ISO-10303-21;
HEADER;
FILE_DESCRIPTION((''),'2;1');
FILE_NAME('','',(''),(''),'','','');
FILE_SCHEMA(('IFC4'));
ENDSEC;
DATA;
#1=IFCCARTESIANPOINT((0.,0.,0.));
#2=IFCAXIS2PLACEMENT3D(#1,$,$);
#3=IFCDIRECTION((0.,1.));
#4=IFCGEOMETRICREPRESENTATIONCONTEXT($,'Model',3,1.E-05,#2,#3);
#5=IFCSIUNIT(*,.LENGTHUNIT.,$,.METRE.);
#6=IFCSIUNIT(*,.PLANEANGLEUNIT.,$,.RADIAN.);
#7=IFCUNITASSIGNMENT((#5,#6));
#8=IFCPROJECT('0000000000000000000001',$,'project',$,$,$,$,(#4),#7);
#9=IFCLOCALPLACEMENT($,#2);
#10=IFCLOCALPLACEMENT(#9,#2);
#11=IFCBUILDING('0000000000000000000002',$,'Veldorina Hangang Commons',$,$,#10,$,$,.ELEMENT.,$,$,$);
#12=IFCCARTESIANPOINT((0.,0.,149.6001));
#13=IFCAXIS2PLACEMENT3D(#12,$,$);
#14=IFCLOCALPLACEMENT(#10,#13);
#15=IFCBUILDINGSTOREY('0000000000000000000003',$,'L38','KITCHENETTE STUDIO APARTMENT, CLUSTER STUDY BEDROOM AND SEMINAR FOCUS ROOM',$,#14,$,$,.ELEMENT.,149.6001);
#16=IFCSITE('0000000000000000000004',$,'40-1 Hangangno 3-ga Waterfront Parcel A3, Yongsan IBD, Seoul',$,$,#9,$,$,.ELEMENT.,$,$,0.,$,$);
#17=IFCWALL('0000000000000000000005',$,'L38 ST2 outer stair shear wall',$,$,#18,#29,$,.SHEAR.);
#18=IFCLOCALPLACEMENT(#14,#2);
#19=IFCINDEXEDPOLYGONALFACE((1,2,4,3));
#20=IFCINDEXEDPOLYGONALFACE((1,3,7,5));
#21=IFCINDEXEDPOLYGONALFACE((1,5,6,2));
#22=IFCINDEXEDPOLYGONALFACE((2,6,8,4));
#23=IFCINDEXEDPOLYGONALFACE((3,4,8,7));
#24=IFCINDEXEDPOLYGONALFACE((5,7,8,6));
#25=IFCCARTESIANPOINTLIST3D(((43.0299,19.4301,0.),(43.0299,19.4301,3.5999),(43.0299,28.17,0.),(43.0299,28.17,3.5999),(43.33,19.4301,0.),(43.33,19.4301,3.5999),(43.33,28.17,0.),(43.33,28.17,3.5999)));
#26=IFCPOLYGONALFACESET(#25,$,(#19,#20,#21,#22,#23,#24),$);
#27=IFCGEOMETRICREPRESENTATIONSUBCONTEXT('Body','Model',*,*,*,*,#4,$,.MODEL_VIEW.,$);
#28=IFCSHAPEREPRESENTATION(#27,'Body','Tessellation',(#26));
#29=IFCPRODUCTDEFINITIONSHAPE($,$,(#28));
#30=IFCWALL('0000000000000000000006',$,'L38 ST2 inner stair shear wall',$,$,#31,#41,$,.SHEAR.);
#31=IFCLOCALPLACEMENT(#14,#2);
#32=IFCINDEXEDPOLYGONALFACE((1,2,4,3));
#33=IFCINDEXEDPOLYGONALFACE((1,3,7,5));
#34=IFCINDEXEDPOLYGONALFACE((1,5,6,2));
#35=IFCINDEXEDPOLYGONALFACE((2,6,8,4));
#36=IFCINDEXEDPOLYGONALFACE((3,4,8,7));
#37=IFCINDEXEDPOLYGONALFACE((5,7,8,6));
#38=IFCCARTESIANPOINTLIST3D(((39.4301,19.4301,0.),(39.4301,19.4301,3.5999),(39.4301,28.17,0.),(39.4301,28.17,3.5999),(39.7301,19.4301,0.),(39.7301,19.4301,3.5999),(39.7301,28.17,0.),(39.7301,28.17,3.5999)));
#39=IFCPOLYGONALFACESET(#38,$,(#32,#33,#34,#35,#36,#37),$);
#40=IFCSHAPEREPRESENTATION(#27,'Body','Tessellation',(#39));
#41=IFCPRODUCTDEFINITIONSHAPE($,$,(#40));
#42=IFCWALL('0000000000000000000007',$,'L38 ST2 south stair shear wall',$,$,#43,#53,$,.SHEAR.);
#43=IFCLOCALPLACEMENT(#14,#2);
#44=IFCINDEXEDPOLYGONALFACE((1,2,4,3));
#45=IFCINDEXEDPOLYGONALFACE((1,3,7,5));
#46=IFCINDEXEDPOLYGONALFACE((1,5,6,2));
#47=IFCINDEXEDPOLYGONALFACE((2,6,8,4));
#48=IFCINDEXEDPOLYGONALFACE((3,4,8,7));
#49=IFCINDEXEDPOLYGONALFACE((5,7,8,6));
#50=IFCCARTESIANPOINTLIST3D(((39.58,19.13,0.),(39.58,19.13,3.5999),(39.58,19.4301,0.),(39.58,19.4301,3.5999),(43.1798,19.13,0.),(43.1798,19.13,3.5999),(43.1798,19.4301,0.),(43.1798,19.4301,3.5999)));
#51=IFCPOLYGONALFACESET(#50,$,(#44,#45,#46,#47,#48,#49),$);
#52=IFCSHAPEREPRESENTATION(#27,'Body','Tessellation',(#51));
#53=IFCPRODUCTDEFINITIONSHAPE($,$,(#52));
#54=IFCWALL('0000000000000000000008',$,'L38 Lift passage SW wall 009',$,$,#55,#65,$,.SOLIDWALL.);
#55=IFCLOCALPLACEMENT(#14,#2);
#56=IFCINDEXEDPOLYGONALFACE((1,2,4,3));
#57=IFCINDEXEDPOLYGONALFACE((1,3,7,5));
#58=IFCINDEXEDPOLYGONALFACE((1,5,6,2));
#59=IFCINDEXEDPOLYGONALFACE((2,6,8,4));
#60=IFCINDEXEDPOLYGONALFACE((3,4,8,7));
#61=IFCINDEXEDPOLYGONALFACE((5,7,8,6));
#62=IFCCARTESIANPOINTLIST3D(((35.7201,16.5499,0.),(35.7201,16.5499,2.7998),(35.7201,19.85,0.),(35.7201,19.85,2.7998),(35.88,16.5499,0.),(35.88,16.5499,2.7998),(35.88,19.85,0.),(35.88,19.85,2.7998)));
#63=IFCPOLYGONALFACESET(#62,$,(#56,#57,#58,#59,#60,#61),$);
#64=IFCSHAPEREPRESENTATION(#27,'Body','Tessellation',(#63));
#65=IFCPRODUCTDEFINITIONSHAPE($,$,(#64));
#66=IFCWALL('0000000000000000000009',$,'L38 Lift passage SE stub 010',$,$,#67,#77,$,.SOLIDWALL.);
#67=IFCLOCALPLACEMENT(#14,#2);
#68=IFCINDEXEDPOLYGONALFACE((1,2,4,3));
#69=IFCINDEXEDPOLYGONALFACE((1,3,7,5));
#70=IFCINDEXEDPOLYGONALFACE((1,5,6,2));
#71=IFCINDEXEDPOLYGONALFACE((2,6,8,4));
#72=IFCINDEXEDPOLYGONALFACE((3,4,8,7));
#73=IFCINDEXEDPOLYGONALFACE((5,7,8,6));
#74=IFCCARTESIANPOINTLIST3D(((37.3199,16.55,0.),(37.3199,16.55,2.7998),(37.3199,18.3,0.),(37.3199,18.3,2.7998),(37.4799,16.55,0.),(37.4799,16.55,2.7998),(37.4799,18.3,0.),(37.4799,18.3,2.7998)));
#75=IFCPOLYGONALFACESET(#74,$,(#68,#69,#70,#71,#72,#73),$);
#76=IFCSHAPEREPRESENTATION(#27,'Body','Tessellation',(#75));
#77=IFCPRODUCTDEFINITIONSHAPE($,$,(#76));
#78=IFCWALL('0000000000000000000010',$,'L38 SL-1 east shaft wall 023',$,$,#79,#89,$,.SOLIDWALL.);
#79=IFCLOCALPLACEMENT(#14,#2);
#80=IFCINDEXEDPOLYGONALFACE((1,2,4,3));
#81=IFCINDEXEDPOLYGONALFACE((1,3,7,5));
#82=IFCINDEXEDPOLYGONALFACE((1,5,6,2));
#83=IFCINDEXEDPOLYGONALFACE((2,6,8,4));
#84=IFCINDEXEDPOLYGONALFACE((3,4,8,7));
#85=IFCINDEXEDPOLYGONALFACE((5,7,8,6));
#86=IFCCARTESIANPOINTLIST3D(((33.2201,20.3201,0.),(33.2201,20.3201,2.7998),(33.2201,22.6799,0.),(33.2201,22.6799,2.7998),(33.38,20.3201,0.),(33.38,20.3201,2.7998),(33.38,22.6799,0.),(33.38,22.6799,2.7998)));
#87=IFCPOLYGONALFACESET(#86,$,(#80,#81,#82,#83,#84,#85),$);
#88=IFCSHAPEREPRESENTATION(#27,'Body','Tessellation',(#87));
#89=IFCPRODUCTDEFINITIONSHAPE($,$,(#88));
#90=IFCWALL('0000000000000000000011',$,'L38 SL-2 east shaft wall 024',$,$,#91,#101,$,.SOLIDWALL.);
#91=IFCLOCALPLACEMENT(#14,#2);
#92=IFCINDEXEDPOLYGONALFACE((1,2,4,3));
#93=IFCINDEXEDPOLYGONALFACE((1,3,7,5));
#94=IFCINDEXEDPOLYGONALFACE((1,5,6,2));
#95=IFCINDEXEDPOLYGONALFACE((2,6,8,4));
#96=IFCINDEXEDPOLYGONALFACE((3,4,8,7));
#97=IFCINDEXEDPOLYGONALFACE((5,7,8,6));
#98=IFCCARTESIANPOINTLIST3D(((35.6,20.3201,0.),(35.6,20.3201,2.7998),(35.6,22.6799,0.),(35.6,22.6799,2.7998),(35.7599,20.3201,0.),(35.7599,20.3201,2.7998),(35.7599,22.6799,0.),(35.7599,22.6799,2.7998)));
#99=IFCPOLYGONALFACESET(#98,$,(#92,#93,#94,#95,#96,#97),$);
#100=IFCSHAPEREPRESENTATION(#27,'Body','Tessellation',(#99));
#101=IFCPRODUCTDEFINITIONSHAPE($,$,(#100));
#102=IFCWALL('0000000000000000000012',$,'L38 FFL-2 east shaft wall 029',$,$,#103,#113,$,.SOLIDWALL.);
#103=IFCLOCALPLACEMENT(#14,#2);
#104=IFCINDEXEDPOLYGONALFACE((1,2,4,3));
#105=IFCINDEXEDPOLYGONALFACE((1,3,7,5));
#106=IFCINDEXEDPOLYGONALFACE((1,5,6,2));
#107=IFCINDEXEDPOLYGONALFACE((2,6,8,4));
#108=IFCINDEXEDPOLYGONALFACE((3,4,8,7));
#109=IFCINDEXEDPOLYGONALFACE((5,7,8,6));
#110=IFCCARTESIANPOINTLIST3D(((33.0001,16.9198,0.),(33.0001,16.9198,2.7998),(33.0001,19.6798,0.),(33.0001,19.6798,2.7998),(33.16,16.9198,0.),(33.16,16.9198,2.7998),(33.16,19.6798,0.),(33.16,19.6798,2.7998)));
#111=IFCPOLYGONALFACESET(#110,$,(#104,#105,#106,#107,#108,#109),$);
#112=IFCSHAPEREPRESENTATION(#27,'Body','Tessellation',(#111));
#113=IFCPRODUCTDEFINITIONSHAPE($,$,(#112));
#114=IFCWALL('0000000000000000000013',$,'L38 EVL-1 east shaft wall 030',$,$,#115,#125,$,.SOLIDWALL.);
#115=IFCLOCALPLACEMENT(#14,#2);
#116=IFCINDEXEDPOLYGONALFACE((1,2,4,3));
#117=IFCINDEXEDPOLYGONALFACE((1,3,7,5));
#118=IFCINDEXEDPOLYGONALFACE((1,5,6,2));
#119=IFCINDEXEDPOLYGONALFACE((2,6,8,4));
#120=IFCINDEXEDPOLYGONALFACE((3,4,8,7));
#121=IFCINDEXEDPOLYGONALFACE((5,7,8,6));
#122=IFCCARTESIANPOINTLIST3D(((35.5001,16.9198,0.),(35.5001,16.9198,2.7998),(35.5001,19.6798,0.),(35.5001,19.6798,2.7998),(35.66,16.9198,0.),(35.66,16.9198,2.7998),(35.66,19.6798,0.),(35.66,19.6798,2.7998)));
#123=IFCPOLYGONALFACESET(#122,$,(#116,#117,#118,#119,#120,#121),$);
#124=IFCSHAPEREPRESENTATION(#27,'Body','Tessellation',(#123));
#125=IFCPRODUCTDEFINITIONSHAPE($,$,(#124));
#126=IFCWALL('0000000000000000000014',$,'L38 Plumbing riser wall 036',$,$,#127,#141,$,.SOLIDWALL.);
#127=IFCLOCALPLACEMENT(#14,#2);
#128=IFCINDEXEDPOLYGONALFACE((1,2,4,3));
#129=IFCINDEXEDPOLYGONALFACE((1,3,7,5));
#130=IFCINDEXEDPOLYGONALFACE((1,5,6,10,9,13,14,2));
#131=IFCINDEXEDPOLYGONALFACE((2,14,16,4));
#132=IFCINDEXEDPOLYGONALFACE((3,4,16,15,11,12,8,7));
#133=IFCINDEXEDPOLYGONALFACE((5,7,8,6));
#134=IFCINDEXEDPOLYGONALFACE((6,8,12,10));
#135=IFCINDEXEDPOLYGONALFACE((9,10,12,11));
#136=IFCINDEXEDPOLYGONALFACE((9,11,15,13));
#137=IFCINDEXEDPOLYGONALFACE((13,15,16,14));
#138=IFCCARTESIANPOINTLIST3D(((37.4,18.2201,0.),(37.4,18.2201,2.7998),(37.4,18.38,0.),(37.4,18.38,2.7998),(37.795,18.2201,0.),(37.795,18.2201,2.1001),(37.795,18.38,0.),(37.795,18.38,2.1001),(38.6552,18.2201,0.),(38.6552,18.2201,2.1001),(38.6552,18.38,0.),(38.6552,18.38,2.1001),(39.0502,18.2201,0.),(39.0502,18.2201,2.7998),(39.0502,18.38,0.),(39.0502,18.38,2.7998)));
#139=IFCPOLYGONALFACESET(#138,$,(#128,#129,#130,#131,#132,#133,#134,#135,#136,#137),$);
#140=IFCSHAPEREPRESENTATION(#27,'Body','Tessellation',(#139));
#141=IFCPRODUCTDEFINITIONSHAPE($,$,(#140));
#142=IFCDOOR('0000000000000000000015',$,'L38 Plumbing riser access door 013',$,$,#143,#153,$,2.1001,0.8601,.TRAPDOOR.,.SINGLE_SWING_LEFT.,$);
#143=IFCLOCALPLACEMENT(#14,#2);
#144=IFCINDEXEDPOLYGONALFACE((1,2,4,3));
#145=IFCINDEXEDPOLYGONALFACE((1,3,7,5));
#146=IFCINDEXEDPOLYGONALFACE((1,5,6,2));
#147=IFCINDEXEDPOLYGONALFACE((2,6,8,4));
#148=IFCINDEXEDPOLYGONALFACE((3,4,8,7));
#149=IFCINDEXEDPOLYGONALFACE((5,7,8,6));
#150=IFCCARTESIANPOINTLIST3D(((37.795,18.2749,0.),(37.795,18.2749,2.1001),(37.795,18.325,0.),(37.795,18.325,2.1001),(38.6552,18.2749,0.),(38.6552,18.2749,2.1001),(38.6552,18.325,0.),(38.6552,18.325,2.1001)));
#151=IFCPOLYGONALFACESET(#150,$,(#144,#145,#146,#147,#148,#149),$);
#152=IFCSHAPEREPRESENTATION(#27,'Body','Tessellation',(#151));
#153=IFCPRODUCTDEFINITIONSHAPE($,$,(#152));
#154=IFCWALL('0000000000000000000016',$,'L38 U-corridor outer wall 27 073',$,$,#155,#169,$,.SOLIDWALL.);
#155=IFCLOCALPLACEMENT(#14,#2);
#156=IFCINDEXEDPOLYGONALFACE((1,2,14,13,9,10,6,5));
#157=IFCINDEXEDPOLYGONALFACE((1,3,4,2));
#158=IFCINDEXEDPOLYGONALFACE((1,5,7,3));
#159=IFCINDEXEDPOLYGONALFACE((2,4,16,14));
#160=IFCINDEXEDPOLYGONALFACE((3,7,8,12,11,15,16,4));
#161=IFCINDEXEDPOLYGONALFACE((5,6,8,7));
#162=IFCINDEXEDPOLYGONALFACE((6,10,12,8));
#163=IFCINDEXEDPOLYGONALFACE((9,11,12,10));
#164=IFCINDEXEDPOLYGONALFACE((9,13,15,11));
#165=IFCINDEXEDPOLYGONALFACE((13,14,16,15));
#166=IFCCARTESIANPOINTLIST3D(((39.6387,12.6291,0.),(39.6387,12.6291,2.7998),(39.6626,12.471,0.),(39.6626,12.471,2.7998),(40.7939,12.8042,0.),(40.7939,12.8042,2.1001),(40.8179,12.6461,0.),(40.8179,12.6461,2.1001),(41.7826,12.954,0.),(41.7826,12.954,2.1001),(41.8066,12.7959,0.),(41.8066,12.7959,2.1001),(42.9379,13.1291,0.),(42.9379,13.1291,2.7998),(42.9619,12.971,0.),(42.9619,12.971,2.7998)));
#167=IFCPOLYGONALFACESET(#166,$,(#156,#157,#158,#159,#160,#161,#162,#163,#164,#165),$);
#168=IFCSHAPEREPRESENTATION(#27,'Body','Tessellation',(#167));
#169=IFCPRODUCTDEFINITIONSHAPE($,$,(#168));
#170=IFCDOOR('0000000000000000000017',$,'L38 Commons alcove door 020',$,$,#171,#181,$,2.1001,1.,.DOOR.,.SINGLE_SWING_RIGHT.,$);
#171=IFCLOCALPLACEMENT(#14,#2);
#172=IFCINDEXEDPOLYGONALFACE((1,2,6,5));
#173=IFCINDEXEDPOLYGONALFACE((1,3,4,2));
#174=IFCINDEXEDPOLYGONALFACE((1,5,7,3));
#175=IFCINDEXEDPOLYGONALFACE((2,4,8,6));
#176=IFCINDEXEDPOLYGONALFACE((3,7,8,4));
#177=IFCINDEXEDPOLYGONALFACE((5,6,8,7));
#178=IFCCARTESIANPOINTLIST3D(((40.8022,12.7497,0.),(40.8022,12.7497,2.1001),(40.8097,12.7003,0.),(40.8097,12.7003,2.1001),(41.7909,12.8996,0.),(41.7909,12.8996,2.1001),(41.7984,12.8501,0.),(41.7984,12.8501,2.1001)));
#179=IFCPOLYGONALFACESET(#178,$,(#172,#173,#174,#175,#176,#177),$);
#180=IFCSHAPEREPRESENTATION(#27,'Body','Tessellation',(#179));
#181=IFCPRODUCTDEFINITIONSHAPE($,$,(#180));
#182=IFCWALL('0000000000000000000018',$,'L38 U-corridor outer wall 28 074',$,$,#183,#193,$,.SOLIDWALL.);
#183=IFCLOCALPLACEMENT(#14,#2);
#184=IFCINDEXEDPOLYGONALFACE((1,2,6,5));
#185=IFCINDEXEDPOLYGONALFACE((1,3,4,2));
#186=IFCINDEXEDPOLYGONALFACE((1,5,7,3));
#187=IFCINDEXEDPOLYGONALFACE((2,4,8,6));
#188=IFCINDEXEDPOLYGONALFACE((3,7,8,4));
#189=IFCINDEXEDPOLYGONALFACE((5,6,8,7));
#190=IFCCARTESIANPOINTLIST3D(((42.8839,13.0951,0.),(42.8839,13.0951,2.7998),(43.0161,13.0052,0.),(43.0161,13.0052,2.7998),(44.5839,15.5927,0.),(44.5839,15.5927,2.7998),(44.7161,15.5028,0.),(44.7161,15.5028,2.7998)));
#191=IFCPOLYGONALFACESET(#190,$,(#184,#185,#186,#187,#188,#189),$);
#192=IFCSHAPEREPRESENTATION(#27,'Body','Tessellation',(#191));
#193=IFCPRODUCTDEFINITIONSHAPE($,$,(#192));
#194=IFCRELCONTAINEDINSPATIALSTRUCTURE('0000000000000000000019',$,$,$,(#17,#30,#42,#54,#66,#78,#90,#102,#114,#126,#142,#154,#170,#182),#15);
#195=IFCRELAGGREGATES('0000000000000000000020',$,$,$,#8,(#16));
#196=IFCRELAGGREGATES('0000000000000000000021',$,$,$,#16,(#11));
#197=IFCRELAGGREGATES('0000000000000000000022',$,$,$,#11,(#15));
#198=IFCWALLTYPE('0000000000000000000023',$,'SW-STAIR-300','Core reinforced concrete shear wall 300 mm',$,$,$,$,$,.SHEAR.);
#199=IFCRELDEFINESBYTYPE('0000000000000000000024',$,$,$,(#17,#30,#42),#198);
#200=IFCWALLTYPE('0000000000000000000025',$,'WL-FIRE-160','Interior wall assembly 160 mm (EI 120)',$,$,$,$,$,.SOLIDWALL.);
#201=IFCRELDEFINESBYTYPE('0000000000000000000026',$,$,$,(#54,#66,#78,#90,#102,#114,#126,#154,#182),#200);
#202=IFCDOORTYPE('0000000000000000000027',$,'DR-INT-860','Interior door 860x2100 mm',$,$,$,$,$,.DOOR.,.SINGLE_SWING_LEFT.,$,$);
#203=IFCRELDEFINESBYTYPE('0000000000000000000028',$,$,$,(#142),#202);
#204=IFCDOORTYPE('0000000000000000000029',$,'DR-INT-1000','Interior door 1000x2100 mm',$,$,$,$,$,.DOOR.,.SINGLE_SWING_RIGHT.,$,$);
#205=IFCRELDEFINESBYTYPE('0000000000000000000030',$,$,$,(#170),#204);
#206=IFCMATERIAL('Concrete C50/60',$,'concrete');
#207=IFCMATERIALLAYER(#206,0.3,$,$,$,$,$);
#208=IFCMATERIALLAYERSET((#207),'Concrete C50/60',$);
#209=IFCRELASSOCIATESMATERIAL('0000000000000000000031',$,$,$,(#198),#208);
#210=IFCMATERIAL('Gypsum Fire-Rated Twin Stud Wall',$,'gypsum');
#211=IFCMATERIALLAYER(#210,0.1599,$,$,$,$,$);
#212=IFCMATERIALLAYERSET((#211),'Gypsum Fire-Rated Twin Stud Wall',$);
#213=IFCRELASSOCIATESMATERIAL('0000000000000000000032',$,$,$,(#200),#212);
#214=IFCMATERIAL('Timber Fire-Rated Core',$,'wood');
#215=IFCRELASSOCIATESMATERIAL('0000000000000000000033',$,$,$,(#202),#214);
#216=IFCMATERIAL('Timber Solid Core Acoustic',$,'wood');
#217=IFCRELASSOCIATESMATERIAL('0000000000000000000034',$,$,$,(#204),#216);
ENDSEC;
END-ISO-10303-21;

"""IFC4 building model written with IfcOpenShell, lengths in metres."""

from ifc_helpers import new_model, si_unit, direction, frame, frame_2d, origin, place, context, subcontext, project, spatial, rectangle, extrude, material, layer, layer_set, type_object, element, fill, save


model = new_model("IFC4")

# Units and contexts
model_context = context("Model", 3, precision=1e-05, world=origin(), true_north=direction((0.0, 1.0)))
body_context = subcontext(model_context, "Body", "Model", "MODEL_VIEW")
ifc_project = project(units=[si_unit("LENGTHUNIT", "METRE"), si_unit("PLANEANGLEUNIT", "RADIAN")], contexts=[model_context])

# Site, building, storey
site_placement = place(None, origin())
site = spatial("IfcSite", under=ifc_project, at=site_placement, Name="40-1 Hangangno 3-ga Waterfront Parcel A3, Yongsan IBD, Seoul", CompositionType="ELEMENT", RefElevation=0.0)
building_placement = place(site_placement, origin())
building = spatial("IfcBuilding", under=site, at=building_placement, Name="Veldorina Hangang Commons", CompositionType="ELEMENT")
storey_placement = place(building_placement, frame((0.0, 0.0, 149.6001)))
storey = spatial("IfcBuildingStorey", under=building, at=storey_placement, Name="L38", Description="KITCHENETTE STUDIO APARTMENT, CLUSTER STUDY BEDROOM AND SEMINAR FOCUS ROOM", CompositionType="ELEMENT", Elevation=149.6001)

# Walls
ifc_material_1 = material(Name="Concrete C50/60", Category="concrete")
ifc_layer_1 = layer(ifc_material_1, 0.3)
ifc_layer_set_1 = layer_set([ifc_layer_1], Name="Concrete C50/60")
wall_type_1 = type_object("IfcWallType", Name="SW-STAIR-300", Description="Core reinforced concrete shear wall 300 mm", PredefinedType="SHEAR", material=ifc_layer_set_1)
for number, where, z_axis, x_axis, name in (
    (1, (43.1799, 19.4299, 0.0), (0.0, 0.0, 1.0), (0.0, 1.0, 0.0), "L38 ST2 outer stair shear wall"),
    (2, (39.5801, 19.4299, 0.0), (0.0, 0.0, 1.0), (0.0, 1.0, 0.0), "L38 ST2 inner stair shear wall"),
):
    element("IfcWall", number, at=place(storey_placement, frame(where, z_axis=z_axis, x_axis=x_axis)), inside=storey, type_object=wall_type_1, Name=name, PredefinedType="SHEAR", context=body_context, shape_type="SweptSolid", body=[
        extrude(rectangle(XDim=8.74, YDim=0.3, at=frame_2d((4.3701, 0.0))), origin(), (0.0, 0.0, 1.0), 3.5999),
    ])
wall_1_placement = place(storey_placement, frame((39.5801, 19.28, 0.0), z_axis=(0.0, 0.0, 1.0), x_axis=(1.0, 0.0, 0.0)))
element("IfcWall", 3, at=wall_1_placement, inside=storey, type_object=wall_type_1, Name="L38 ST2 south stair shear wall", PredefinedType="SHEAR", context=body_context, shape_type="SweptSolid", body=[
    extrude(rectangle(XDim=3.5999, YDim=0.3, at=frame_2d((1.7998, 0.0))), origin(), (0.0, 0.0, 1.0), 3.5999),
])
ifc_material_2 = material(Name="Gypsum Fire-Rated Twin Stud Wall", Category="gypsum")
ifc_layer_2 = layer(ifc_material_2, 0.1599)
ifc_layer_set_2 = layer_set([ifc_layer_2], Name="Gypsum Fire-Rated Twin Stud Wall")
wall_type_2 = type_object("IfcWallType", Name="WL-FIRE-160", Description="Interior wall assembly 160 mm (EI 120)", PredefinedType="SOLIDWALL", material=ifc_layer_set_2)
wall_2_placement = place(storey_placement, frame((35.8, 16.55, 0.0), z_axis=(0.0, 0.0, 1.0), x_axis=(0.0, 1.0, 0.0)))
element("IfcWall", 4, at=wall_2_placement, inside=storey, type_object=wall_type_2, Name="L38 Lift passage SW wall 009", PredefinedType="SOLIDWALL", context=body_context, shape_type="SweptSolid", body=[
    extrude(rectangle(XDim=3.3, YDim=0.1599, at=frame_2d((1.6499, 0.0))), origin(), (0.0, 0.0, 1.0), 2.7998),
])
wall_3_placement = place(storey_placement, frame((37.3999, 16.55, 0.0), z_axis=(0.0, 0.0, 1.0), x_axis=(0.0, 1.0, 0.0)))
element("IfcWall", 5, at=wall_3_placement, inside=storey, type_object=wall_type_2, Name="L38 Lift passage SE stub 010", PredefinedType="SOLIDWALL", context=body_context, shape_type="SweptSolid", body=[
    extrude(rectangle(XDim=1.75, YDim=0.1599, at=frame_2d((0.875, 0.0))), origin(), (0.0, 0.0, 1.0), 2.7998),
])
for number, where, z_axis, x_axis, name in (
    (6, (33.3, 20.3201, 0.0), (0.0, 0.0, 1.0), (0.0, 1.0, 0.0), "L38 SL-1 east shaft wall 023"),
    (7, (35.6799, 20.3201, 0.0), (0.0, 0.0, 1.0), (0.0, 1.0, 0.0), "L38 SL-2 east shaft wall 024"),
):
    element("IfcWall", number, at=place(storey_placement, frame(where, z_axis=z_axis, x_axis=x_axis)), inside=storey, type_object=wall_type_2, Name=name, PredefinedType="SOLIDWALL", context=body_context, shape_type="SweptSolid", body=[
        extrude(rectangle(XDim=2.3599, YDim=0.1599, at=frame_2d((1.1799, 0.0))), origin(), (0.0, 0.0, 1.0), 2.7998),
    ])
for number, where, z_axis, x_axis, name in (
    (8, (33.0801, 16.9199, 0.0), (0.0, 0.0, 1.0), (0.0, 1.0, 0.0), "L38 FFL-2 east shaft wall 029"),
    (9, (35.5801, 16.9199, 0.0), (0.0, 0.0, 1.0), (0.0, 1.0, 0.0), "L38 EVL-1 east shaft wall 030"),
):
    element("IfcWall", number, at=place(storey_placement, frame(where, z_axis=z_axis, x_axis=x_axis)), inside=storey, type_object=wall_type_2, Name=name, PredefinedType="SOLIDWALL", context=body_context, shape_type="SweptSolid", body=[
        extrude(rectangle(XDim=2.76, YDim=0.1599, at=frame_2d((1.3799, 0.0))), origin(), (0.0, 0.0, 1.0), 2.7998),
    ])

# Walls, openings, doors
wall_4_placement = place(storey_placement, frame((37.3999, 18.3, 0.0), z_axis=(0.0, 0.0, 1.0), x_axis=(1.0, 0.0, 0.0)))
wall_4 = element("IfcWall", 10, at=wall_4_placement, inside=storey, type_object=wall_type_2, Name="L38 Plumbing riser wall 036", PredefinedType="SOLIDWALL", context=body_context, shape_type="SweptSolid", body=[
    extrude(rectangle(XDim=1.6501, YDim=0.1599, at=frame_2d((0.8252, 0.0))), origin(), (0.0, 0.0, 1.0), 2.7998),
])
opening_1_placement = place(wall_4_placement, frame((0.395, 0.0, 0.0)))
opening_1 = element("IfcOpeningElement", 11, at=opening_1_placement, cuts=wall_4, PredefinedType="OPENING", context=body_context, shape_type="SweptSolid", body=[
    extrude(rectangle(XDim=0.8601, YDim=2.1001, at=frame_2d((0.4302, 1.05))), frame((0.0, 0.0898, 0.0), z_axis=(0.0, -1.0, 0.0), x_axis=(1.0, 0.0, 0.0)), (0.0, 0.0, 1.0), 0.1799),
])
ifc_material_3 = material(Name="Timber Fire-Rated Core", Category="wood")
door_type_1 = type_object("IfcDoorType", Name="DR-INT-860", Description="Interior door 860x2100 mm", OperationType="SINGLE_SWING_LEFT", PredefinedType="DOOR", material=ifc_material_3)
door_1_placement = place(opening_1_placement, origin())
door_1 = element("IfcDoor", 12, at=door_1_placement, inside=storey, type_object=door_type_1, Name="L38 Plumbing riser access door 013", OperationType="SINGLE_SWING_LEFT", OverallHeight=2.1001, OverallWidth=0.8601, PredefinedType="TRAPDOOR", context=body_context, shape_type="SweptSolid", body=[
    extrude(rectangle(XDim=0.8601, YDim=2.1001, at=frame_2d((0.4302, 1.05))), frame((0.0, 0.0249, 0.0), z_axis=(0.0, -1.0, 0.0), x_axis=(1.0, 0.0, 0.0)), (0.0, 0.0, 1.0), 0.05),
])
fill(opening_1, door_1)
wall_5_placement = place(storey_placement, frame((39.6506, 12.55, 0.0), z_axis=(0.0, 0.0, 1.0), x_axis=(0.988711, 0.149836, 0.0)))
wall_5 = element("IfcWall", 13, at=wall_5_placement, inside=storey, type_object=wall_type_2, Name="L38 U-corridor outer wall 27 073", PredefinedType="SOLIDWALL", context=body_context, shape_type="SweptSolid", body=[
    extrude(rectangle(XDim=3.3369, YDim=0.1599, at=frame_2d((1.6685, 0.0))), origin(), (0.0, 0.0, 1.0), 2.7998),
])
opening_2_placement = place(wall_5_placement, frame((1.1685, 0.0, 0.0)))
opening_2 = element("IfcOpeningElement", 14, at=opening_2_placement, cuts=wall_5, PredefinedType="OPENING", context=body_context, shape_type="SweptSolid", body=[
    extrude(rectangle(XDim=1.0, YDim=2.1001, at=frame_2d((0.5, 1.05))), frame((0.0, 0.0898, 0.0), z_axis=(0.0, -1.0, 0.0), x_axis=(1.0, 0.0, 0.0)), (0.0, 0.0, 1.0), 0.1799),
])
ifc_material_4 = material(Name="Timber Solid Core Acoustic", Category="wood")
door_type_2 = type_object("IfcDoorType", Name="DR-INT-1000", Description="Interior door 1000x2100 mm", OperationType="SINGLE_SWING_RIGHT", PredefinedType="DOOR", material=ifc_material_4)
door_2_placement = place(opening_2_placement, origin())
door_2 = element("IfcDoor", 15, at=door_2_placement, inside=storey, type_object=door_type_2, Name="L38 Commons alcove door 020", OperationType="SINGLE_SWING_RIGHT", OverallHeight=2.1001, OverallWidth=1.0, PredefinedType="DOOR", context=body_context, shape_type="SweptSolid", body=[
    extrude(rectangle(XDim=1.0, YDim=2.1001, at=frame_2d((0.5, 1.05))), frame((0.0, 0.0249, 0.0), z_axis=(0.0, -1.0, 0.0), x_axis=(1.0, 0.0, 0.0)), (0.0, 0.0, 1.0), 0.05),
])
fill(opening_2, door_2)

# Wall
wall_6_placement = place(storey_placement, frame((42.95, 13.05, 0.0), z_axis=(0.0, 0.0, 1.0), x_axis=(0.562675, 0.826678, 0.0)))
element("IfcWall", 16, at=wall_6_placement, inside=storey, type_object=wall_type_2, Name="L38 U-corridor outer wall 28 074", PredefinedType="SOLIDWALL", context=body_context, shape_type="SweptSolid", body=[
    extrude(rectangle(XDim=3.0212, YDim=0.1599, at=frame_2d((1.5107, 0.0))), origin(), (0.0, 0.0, 1.0), 2.7998),
])

save(model, "model.ifc")
